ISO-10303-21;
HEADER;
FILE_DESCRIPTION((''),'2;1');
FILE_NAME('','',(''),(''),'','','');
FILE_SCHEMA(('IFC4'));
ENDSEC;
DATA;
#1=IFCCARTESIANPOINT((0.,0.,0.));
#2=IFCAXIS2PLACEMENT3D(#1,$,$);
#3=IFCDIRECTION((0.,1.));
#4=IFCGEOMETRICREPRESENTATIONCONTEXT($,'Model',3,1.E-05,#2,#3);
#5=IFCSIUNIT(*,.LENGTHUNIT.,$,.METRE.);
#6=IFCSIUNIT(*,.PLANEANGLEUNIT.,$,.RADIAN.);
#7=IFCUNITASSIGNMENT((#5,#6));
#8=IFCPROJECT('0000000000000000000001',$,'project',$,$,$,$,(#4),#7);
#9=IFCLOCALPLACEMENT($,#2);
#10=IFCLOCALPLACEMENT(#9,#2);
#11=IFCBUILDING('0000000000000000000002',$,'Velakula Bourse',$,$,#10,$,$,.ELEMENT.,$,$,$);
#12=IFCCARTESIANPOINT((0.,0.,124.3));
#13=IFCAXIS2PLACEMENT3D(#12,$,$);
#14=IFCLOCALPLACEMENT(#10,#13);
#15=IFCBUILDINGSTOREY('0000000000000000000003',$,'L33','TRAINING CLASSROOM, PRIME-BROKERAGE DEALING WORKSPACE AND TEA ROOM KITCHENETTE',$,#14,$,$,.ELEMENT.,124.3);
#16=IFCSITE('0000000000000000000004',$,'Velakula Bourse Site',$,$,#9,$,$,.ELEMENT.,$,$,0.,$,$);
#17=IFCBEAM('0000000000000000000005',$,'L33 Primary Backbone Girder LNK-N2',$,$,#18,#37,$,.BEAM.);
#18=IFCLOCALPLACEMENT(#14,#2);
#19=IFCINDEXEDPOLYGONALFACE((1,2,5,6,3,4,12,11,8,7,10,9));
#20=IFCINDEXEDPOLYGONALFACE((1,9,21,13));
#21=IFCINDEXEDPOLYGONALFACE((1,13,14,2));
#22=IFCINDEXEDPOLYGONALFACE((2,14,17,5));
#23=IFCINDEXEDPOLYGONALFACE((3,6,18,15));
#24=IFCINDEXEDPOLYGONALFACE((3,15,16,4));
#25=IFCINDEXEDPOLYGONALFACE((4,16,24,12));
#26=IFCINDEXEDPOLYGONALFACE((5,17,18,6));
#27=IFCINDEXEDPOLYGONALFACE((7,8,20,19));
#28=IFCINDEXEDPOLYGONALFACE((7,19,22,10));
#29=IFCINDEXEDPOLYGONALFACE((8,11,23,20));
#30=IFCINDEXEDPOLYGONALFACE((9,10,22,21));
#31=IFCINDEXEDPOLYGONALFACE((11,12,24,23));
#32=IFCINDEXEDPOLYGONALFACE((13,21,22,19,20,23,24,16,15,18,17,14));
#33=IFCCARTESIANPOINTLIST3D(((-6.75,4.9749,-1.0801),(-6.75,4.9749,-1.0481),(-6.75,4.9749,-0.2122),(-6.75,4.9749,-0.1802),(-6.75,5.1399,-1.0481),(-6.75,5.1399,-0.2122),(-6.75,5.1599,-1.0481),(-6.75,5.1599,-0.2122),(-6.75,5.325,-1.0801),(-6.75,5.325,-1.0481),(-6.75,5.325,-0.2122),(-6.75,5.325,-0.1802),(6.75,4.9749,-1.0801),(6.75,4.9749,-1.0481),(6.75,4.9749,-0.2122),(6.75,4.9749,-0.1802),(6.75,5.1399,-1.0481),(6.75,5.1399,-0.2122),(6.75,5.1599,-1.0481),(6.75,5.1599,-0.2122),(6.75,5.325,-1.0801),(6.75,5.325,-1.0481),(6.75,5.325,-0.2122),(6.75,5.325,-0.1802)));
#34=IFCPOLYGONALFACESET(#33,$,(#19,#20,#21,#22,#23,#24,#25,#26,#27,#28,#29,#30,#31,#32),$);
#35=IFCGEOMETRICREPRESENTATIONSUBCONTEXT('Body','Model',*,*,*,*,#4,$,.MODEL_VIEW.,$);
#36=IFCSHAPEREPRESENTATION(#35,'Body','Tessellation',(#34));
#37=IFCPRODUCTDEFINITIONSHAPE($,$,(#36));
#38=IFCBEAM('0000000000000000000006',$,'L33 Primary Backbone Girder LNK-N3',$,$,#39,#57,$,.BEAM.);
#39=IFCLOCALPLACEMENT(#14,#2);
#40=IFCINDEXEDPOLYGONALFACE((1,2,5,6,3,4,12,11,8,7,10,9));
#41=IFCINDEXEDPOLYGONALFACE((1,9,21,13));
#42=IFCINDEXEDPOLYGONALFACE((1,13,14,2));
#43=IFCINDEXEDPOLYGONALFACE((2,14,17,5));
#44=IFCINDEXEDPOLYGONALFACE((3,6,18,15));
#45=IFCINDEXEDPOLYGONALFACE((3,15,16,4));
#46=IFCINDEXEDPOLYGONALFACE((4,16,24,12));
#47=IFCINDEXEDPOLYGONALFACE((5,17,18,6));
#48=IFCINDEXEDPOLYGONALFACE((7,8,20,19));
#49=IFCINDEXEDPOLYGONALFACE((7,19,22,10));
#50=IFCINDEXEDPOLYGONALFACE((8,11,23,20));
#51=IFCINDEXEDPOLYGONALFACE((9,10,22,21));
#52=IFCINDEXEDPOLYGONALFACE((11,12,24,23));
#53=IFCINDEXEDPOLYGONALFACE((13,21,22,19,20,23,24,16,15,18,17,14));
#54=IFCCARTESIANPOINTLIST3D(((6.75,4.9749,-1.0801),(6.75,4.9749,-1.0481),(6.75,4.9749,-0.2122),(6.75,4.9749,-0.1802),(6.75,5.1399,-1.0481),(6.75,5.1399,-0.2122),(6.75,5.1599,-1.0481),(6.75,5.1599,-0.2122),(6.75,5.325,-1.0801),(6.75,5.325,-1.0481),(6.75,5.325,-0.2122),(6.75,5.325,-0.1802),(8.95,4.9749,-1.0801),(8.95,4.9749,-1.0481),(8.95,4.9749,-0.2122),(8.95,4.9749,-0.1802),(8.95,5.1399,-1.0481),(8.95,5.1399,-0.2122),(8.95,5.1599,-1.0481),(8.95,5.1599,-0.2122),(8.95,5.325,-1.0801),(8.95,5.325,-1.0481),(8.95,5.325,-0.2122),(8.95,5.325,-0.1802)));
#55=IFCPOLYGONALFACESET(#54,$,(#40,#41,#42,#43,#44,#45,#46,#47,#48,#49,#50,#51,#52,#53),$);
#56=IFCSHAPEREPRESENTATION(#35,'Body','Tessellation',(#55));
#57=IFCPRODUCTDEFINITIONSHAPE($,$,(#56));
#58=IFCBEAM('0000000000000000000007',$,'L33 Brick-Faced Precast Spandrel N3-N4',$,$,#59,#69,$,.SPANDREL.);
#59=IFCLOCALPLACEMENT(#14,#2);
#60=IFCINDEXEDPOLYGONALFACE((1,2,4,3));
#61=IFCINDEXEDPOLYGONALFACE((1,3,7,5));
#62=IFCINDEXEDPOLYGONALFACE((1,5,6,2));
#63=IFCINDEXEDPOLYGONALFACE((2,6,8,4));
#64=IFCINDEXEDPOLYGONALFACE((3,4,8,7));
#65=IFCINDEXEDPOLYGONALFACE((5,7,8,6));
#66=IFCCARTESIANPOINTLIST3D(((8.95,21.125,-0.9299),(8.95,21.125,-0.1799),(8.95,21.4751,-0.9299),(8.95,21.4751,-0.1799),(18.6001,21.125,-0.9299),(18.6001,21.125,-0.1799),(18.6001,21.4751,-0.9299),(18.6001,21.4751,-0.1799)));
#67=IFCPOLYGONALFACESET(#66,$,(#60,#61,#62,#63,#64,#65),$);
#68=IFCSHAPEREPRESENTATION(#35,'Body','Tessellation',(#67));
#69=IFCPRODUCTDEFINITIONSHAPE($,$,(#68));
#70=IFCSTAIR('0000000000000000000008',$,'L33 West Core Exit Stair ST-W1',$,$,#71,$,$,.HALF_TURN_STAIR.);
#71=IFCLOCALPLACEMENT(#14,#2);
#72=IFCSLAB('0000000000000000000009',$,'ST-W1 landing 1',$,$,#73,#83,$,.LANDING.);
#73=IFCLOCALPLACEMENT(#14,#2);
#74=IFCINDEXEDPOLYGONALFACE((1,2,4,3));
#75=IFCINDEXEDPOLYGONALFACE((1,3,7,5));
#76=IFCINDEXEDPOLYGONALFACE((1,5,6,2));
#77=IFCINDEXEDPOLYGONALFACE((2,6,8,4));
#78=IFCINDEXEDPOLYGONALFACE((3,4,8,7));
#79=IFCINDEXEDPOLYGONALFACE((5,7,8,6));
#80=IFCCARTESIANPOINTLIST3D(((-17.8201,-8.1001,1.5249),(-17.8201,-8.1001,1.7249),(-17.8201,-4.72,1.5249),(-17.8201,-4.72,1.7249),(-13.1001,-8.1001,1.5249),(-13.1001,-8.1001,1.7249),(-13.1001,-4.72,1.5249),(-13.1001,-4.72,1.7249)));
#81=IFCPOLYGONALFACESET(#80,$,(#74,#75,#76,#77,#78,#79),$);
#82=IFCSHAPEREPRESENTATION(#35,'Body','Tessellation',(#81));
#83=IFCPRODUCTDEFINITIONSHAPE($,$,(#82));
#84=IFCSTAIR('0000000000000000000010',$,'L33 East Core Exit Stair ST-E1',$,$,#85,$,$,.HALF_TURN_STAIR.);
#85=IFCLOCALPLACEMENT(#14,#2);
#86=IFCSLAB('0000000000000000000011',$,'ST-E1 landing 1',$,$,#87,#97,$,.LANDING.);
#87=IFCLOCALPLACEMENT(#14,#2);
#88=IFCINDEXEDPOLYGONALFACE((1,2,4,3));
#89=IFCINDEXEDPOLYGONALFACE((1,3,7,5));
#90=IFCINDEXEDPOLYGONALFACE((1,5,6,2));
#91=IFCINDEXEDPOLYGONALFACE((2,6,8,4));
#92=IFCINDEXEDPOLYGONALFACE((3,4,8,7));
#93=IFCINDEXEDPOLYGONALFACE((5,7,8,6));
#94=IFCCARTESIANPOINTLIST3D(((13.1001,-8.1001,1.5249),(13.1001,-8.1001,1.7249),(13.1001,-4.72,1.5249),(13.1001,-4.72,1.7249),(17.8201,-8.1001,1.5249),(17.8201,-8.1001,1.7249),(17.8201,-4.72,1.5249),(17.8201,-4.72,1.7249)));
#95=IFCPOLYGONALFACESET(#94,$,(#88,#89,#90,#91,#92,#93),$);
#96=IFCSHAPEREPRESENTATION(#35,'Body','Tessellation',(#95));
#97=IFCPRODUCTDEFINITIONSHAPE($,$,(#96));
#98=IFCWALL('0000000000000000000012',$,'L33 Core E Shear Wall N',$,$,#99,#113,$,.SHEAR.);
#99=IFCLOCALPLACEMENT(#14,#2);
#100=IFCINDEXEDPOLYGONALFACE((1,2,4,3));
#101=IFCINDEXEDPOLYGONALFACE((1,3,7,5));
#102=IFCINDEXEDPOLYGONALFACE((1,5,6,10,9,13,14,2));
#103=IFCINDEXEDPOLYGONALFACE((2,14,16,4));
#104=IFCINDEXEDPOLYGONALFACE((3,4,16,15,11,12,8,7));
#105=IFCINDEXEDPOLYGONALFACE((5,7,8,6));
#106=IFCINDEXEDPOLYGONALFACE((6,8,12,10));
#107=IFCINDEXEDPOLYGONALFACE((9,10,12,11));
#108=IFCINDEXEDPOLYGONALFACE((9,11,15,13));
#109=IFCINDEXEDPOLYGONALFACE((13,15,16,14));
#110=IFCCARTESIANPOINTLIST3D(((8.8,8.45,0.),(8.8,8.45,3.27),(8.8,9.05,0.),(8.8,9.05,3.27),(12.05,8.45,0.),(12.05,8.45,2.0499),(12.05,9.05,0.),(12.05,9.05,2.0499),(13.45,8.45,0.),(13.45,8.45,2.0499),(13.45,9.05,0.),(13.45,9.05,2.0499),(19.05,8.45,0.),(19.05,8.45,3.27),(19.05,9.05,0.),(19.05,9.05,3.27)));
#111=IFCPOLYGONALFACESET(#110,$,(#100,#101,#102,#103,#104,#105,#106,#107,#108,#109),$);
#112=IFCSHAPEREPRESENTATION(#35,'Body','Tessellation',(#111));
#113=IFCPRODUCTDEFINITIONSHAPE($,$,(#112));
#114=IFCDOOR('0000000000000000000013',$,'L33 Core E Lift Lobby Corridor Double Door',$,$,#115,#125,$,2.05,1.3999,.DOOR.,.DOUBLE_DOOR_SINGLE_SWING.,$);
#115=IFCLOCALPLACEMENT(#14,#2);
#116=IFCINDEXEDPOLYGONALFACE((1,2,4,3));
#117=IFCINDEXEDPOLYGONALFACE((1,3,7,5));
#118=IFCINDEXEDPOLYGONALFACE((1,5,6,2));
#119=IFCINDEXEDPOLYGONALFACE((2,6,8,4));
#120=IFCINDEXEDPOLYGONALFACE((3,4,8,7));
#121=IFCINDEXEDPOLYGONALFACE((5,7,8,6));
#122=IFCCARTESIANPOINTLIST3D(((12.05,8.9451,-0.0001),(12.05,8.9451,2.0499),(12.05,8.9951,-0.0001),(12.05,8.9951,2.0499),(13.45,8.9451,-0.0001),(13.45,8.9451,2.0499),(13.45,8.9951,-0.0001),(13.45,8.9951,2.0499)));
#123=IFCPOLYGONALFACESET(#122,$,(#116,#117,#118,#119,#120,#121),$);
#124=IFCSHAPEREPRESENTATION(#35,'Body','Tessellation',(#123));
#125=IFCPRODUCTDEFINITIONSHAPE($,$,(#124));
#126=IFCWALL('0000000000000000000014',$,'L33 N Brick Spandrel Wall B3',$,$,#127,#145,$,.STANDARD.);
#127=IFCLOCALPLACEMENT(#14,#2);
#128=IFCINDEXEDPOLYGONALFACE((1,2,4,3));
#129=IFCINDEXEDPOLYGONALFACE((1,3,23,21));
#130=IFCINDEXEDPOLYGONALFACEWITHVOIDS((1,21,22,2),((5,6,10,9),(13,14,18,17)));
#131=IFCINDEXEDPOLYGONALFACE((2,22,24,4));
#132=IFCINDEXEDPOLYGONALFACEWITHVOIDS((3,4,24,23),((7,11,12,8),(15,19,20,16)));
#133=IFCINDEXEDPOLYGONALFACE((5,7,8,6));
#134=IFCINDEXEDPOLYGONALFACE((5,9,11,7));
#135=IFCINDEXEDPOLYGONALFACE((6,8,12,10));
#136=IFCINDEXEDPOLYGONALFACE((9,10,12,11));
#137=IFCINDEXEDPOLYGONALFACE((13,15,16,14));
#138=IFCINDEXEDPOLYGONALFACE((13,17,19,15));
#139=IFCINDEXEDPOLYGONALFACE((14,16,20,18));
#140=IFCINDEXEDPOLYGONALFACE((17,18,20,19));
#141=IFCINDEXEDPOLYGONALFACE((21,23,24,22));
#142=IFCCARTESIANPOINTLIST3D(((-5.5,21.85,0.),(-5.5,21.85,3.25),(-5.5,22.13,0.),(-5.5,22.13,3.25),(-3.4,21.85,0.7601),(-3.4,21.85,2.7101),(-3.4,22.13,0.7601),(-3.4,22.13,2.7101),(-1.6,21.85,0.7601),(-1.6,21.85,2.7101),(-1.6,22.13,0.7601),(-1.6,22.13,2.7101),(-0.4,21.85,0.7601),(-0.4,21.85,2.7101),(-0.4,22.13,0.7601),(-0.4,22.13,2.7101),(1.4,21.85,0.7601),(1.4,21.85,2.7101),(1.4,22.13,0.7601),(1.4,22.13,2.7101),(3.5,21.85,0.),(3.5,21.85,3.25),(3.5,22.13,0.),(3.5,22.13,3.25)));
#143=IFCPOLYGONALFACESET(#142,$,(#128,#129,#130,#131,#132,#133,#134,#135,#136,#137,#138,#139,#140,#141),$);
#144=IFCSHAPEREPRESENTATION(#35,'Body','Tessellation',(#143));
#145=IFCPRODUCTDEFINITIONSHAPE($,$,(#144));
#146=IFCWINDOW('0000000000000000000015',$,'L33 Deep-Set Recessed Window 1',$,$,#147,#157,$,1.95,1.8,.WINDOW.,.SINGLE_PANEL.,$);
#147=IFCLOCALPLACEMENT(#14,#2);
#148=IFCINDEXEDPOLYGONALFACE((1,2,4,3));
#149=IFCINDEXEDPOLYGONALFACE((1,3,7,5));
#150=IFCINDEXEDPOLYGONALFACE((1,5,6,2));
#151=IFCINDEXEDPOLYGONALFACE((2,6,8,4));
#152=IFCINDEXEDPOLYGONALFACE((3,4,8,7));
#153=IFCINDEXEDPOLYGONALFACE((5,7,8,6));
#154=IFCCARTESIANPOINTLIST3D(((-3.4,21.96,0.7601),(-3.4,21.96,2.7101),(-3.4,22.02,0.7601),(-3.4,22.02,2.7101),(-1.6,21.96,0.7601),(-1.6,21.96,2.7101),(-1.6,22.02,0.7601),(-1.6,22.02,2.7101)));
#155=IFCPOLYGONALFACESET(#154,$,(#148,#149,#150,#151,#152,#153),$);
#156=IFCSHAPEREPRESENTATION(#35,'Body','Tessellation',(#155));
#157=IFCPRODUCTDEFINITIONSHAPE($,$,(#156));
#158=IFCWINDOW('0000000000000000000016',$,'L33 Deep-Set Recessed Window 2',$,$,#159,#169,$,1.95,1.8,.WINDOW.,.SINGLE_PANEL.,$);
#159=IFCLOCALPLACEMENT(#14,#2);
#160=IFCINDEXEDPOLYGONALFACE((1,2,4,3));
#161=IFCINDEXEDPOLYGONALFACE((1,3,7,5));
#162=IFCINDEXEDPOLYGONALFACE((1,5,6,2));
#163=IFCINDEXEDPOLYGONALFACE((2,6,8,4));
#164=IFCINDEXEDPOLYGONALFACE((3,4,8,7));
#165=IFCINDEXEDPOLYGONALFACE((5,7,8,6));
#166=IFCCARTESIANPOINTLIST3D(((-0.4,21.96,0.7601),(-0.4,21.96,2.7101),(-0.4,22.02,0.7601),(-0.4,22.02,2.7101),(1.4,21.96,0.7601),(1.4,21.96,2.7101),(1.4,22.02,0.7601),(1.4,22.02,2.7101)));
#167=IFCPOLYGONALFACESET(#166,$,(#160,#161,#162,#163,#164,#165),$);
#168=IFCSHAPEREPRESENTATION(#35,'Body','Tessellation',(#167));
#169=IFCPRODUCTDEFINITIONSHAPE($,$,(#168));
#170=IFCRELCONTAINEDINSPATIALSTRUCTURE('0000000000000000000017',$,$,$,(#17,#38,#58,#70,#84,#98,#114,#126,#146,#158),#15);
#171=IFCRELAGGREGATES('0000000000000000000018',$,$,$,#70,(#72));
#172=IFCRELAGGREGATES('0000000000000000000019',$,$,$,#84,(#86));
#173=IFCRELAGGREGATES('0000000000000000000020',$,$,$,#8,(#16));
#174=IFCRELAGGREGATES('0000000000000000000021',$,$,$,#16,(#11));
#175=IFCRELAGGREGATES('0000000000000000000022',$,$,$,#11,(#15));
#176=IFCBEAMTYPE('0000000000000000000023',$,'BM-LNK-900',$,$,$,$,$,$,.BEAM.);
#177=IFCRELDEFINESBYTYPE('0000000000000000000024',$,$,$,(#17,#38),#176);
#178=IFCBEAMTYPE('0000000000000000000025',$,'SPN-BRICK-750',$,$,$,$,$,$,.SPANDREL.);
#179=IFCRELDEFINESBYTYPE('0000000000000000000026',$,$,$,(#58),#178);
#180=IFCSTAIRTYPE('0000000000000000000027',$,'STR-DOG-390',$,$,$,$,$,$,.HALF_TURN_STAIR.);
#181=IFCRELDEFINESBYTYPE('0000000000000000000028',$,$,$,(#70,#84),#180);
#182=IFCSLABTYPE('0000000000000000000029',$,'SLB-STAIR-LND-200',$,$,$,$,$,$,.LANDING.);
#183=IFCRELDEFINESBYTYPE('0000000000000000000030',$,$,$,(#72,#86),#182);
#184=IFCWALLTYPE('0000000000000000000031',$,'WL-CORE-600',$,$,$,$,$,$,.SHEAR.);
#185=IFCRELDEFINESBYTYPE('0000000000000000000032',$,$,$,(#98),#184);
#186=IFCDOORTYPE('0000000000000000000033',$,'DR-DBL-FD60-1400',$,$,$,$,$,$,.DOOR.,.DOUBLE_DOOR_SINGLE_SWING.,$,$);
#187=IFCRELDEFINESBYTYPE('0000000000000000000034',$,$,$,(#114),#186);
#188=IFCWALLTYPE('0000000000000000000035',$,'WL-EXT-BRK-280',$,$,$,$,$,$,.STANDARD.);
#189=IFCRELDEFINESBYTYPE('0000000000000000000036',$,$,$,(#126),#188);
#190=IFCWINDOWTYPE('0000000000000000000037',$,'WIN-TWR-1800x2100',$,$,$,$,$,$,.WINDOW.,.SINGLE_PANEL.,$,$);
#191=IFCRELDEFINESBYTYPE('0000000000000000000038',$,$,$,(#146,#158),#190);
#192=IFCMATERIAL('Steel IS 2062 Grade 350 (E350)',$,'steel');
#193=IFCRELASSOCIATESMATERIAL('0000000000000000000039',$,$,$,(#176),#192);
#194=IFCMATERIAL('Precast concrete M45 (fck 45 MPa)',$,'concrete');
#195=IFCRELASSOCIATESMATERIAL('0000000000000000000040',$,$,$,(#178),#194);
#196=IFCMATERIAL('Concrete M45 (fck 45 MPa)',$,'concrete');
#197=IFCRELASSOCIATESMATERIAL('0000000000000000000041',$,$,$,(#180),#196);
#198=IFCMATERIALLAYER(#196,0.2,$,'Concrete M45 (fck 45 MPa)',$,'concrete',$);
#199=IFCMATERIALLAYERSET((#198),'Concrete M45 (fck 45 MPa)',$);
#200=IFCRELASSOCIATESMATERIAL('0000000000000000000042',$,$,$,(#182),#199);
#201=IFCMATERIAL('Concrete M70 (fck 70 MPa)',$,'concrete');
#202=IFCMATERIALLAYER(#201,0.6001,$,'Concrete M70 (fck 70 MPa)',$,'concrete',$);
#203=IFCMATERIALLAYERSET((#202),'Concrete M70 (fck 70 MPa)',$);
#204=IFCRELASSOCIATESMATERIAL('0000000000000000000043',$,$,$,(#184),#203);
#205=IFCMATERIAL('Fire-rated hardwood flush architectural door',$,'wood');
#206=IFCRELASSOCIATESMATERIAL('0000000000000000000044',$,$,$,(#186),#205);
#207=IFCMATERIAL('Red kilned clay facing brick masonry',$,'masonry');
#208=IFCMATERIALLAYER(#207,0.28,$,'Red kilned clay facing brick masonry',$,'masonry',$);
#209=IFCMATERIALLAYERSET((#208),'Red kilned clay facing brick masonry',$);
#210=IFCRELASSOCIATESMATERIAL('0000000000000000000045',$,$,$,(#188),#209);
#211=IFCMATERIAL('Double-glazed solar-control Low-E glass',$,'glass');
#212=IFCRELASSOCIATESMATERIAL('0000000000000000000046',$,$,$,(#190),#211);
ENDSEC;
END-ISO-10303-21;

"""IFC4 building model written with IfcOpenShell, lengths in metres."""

from ifc_helpers import new_model, si_unit, direction, frame, frame_2d, origin, origin_2d, place, context, subcontext, project, spatial, polyline, rectangle, i_section, outline, extrude, material, layer, layer_set, material_profile, profile_set, type_object, element, fill, aggregate, save


model = new_model("IFC4")

# Units and contexts
model_context = context("Model", 3, precision=1e-05, world=origin(), true_north=direction((0.0, 1.0)))
body_context = subcontext(model_context, "Body", "Model", "MODEL_VIEW")
ifc_project = project(units=[si_unit("LENGTHUNIT", "METRE"), si_unit("PLANEANGLEUNIT", "RADIAN")], contexts=[model_context])

# Site, building, storey
site_placement = place(None, origin())
site = spatial("IfcSite", under=ifc_project, at=site_placement, Name="Velakula Bourse Site", CompositionType="ELEMENT", RefElevation=0.0)
building_placement = place(site_placement, origin())
building = spatial("IfcBuilding", under=site, at=building_placement, Name="Velakula Bourse", CompositionType="ELEMENT")
storey_placement = place(building_placement, frame((0.0, 0.0, 124.3)))
storey = spatial("IfcBuildingStorey", under=building, at=storey_placement, Name="L33", Description="TRAINING CLASSROOM, PRIME-BROKERAGE DEALING WORKSPACE AND TEA ROOM KITCHENETTE", CompositionType="ELEMENT", Elevation=124.3)

# Shared definitions
ifc_material_1 = material(Name="Concrete M70 (fck 70 MPa)", Category="concrete")
ifc_material_2 = material(Name="Steel IS 2062 Grade 350 (E350)", Category="steel")

# Beams
ifc_material_profile_1 = material_profile(ifc_material_2, i_section(OverallWidth=0.3501, OverallDepth=0.8999, WebThickness=0.02, FlangeThickness=0.032, at=origin_2d()), Name="Steel IS 2062 Grade 350 (E350)")
ifc_profile_set_1 = profile_set([ifc_material_profile_1], Name="Steel IS 2062 Grade 350 (E350)")
beam_type_1 = type_object("IfcBeamType", Name="BM-LNK-900", PredefinedType="BEAM", material=ifc_profile_set_1)
beam_1_placement = place(storey_placement, frame((-6.75, 5.1499, -0.6301), z_axis=(1.0, 0.0, 0.0), x_axis=(0.0, 1.0, 0.0)))
element("IfcBeam", 1, at=beam_1_placement, inside=storey, type_object=beam_type_1, Name="L33 Primary Backbone Girder LNK-N2", PredefinedType="BEAM", context=body_context, shape_type="SweptSolid", body=[
    extrude(i_section(OverallWidth=0.3501, OverallDepth=0.8999, WebThickness=0.02, FlangeThickness=0.032, at=origin_2d()), origin(), (0.0, 0.0, 1.0), 13.5),
])
beam_2_placement = place(storey_placement, frame((6.75, 5.1499, -0.6301), z_axis=(1.0, 0.0, 0.0), x_axis=(0.0, 1.0, 0.0)))
element("IfcBeam", 2, at=beam_2_placement, inside=storey, type_object=beam_type_1, Name="L33 Primary Backbone Girder LNK-N3", PredefinedType="BEAM", context=body_context, shape_type="SweptSolid", body=[
    extrude(i_section(OverallWidth=0.3501, OverallDepth=0.8999, WebThickness=0.02, FlangeThickness=0.032, at=origin_2d()), origin(), (0.0, 0.0, 1.0), 2.2),
])
ifc_material_3 = material(Name="Precast concrete M45 (fck 45 MPa)", Category="concrete")
ifc_material_profile_2 = material_profile(ifc_material_3, rectangle(XDim=0.3501, YDim=0.75, at=origin_2d()), Name="Precast concrete M45 (fck 45 MPa)")
ifc_profile_set_2 = profile_set([ifc_material_profile_2], Name="Precast concrete M45 (fck 45 MPa)")
beam_type_2 = type_object("IfcBeamType", Name="SPN-BRICK-750", PredefinedType="SPANDREL", material=ifc_profile_set_2)
beam_3_placement = place(storey_placement, frame((8.95, 21.3, -0.5549), z_axis=(1.0, 0.0, 0.0), x_axis=(0.0, 1.0, 0.0)))
element("IfcBeam", 3, at=beam_3_placement, inside=storey, type_object=beam_type_2, Name="L33 Brick-Faced Precast Spandrel N3-N4", PredefinedType="SPANDREL", context=body_context, shape_type="SweptSolid", body=[
    extrude(rectangle(XDim=0.3501, YDim=0.75, at=origin_2d()), origin(), (0.0, 0.0, 1.0), 9.6501),
])

# Stairs, slabs
ifc_material_4 = material(Name="Concrete M45 (fck 45 MPa)", Category="concrete")
stair_type = type_object("IfcStairType", Name="STR-DOG-390", PredefinedType="HALF_TURN_STAIR", material=ifc_material_4)
stair_1_placement = place(storey_placement, origin())
stair_1 = element("IfcStair", 4, at=stair_1_placement, inside=storey, type_object=stair_type, Name="L33 West Core Exit Stair ST-W1", PredefinedType="HALF_TURN_STAIR")
ifc_layer_1 = layer(ifc_material_4, 0.2, Name="Concrete M45 (fck 45 MPa)", Category="concrete")
ifc_layer_set_1 = layer_set([ifc_layer_1], Name="Concrete M45 (fck 45 MPa)")
slab_type = type_object("IfcSlabType", Name="SLB-STAIR-LND-200", PredefinedType="LANDING", material=ifc_layer_set_1)
slab_1_placement = place(storey_placement, frame((0.0, 0.0, 1.5249)))
slab_1 = element("IfcSlab", 5, at=slab_1_placement, type_object=slab_type, Name="ST-W1 landing 1", PredefinedType="LANDING", context=body_context, shape_type="SweptSolid", body=[
    extrude(outline(polyline([(-17.8201, -4.72), (-17.8201, -8.1001), (-13.1001, -8.1001), (-13.1001, -4.72), (-17.8201, -4.72)])), origin(), (0.0, 0.0, 1.0), 0.2),
])
aggregate(stair_1, [slab_1])
stair_2_placement = place(storey_placement, origin())
stair_2 = element("IfcStair", 6, at=stair_2_placement, inside=storey, type_object=stair_type, Name="L33 East Core Exit Stair ST-E1", PredefinedType="HALF_TURN_STAIR")
slab_2_placement = place(storey_placement, frame((0.0, 0.0, 1.5249)))
slab_2 = element("IfcSlab", 7, at=slab_2_placement, type_object=slab_type, Name="ST-E1 landing 1", PredefinedType="LANDING", context=body_context, shape_type="SweptSolid", body=[
    extrude(outline(polyline([(13.1001, -4.72), (13.1001, -8.1001), (17.8201, -8.1001), (17.8201, -4.72), (13.1001, -4.72)])), origin(), (0.0, 0.0, 1.0), 0.2),
])
aggregate(stair_2, [slab_2])

# Wall, opening, door
ifc_layer_2 = layer(ifc_material_1, 0.6001, Name="Concrete M70 (fck 70 MPa)", Category="concrete")
ifc_layer_set_2 = layer_set([ifc_layer_2], Name="Concrete M70 (fck 70 MPa)")
wall_type_1 = type_object("IfcWallType", Name="WL-CORE-600", PredefinedType="SHEAR", material=ifc_layer_set_2)
wall_1_placement = place(storey_placement, frame((8.8, 8.75, 0.0), z_axis=(0.0, 0.0, 1.0), x_axis=(1.0, 0.0, 0.0)))
wall_1 = element("IfcWall", 8, at=wall_1_placement, inside=storey, type_object=wall_type_1, Name="L33 Core E Shear Wall N", PredefinedType="SHEAR", context=body_context, shape_type="SweptSolid", body=[
    extrude(rectangle(XDim=10.25, YDim=0.6001, at=frame_2d((5.125, 0.0))), origin(), (0.0, 0.0, 1.0), 3.27),
])
opening_1_placement = place(wall_1_placement, frame((3.25, 0.0, 0.0)))
opening_1 = element("IfcOpeningElement", 9, at=opening_1_placement, cuts=wall_1, PredefinedType="OPENING", context=body_context, shape_type="SweptSolid", body=[
    extrude(rectangle(XDim=1.3999, YDim=2.05, at=frame_2d((0.7, 1.0249))), frame((0.0, 0.3101, 0.0), z_axis=(0.0, -1.0, 0.0), x_axis=(1.0, 0.0, 0.0)), (0.0, 0.0, 1.0), 0.6201),
])
ifc_material_5 = material(Name="Fire-rated hardwood flush architectural door", Category="wood")
door_type = type_object("IfcDoorType", Name="DR-DBL-FD60-1400", OperationType="DOUBLE_DOOR_SINGLE_SWING", PredefinedType="DOOR", material=ifc_material_5)
door_placement = place(opening_1_placement, origin())
door = element("IfcDoor", 10, at=door_placement, inside=storey, type_object=door_type, Name="L33 Core E Lift Lobby Corridor Double Door", OperationType="DOUBLE_DOOR_SINGLE_SWING", OverallHeight=2.05, OverallWidth=1.3999, PredefinedType="DOOR", context=body_context, shape_type="SweptSolid", body=[
    extrude(rectangle(XDim=1.3999, YDim=2.05, at=frame_2d((0.7, 1.0249))), frame((0.0, 0.2451, 0.0), z_axis=(0.0, -1.0, 0.0), x_axis=(1.0, 0.0, 0.0)), (0.0, 0.0, 1.0), 0.05),
])
fill(opening_1, door)

# Wall, openings, windows
ifc_material_6 = material(Name="Red kilned clay facing brick masonry", Category="masonry")
ifc_layer_3 = layer(ifc_material_6, 0.28, Name="Red kilned clay facing brick masonry", Category="masonry")
ifc_layer_set_3 = layer_set([ifc_layer_3], Name="Red kilned clay facing brick masonry")
wall_type_2 = type_object("IfcWallType", Name="WL-EXT-BRK-280", PredefinedType="STANDARD", material=ifc_layer_set_3)
wall_2_placement = place(storey_placement, frame((-5.5, 21.99, 0.0), z_axis=(0.0, 0.0, 1.0), x_axis=(1.0, 0.0, 0.0)))
wall_2 = element("IfcWall", 11, at=wall_2_placement, inside=storey, type_object=wall_type_2, Name="L33 N Brick Spandrel Wall B3", PredefinedType="STANDARD", context=body_context, shape_type="SweptSolid", body=[
    extrude(rectangle(XDim=9.0, YDim=0.28, at=frame_2d((4.5, 0.0))), origin(), (0.0, 0.0, 1.0), 3.25),
])
opening_2_placement = place(wall_2_placement, frame((2.1001, 0.0, 0.76)))
opening_2 = element("IfcOpeningElement", 12, at=opening_2_placement, cuts=wall_2, PredefinedType="OPENING", context=body_context, shape_type="SweptSolid", body=[
    extrude(rectangle(XDim=1.8, YDim=1.95, at=frame_2d((0.8999, 0.9751))), frame((0.0, 0.1499, 0.0), z_axis=(0.0, -1.0, 0.0), x_axis=(1.0, 0.0, 0.0)), (0.0, 0.0, 1.0), 0.3),
])
opening_3_placement = place(wall_2_placement, frame((5.1001, 0.0, 0.76)))
opening_3 = element("IfcOpeningElement", 13, at=opening_3_placement, cuts=wall_2, PredefinedType="OPENING", context=body_context, shape_type="SweptSolid", body=[
    extrude(rectangle(XDim=1.8, YDim=1.95, at=frame_2d((0.8999, 0.9751))), frame((0.0, 0.1499, 0.0), z_axis=(0.0, -1.0, 0.0), x_axis=(1.0, 0.0, 0.0)), (0.0, 0.0, 1.0), 0.3),
])
ifc_material_7 = material(Name="Double-glazed solar-control Low-E glass", Category="glass")
window_type = type_object("IfcWindowType", Name="WIN-TWR-1800x2100", PartitioningType="SINGLE_PANEL", PredefinedType="WINDOW", material=ifc_material_7)
window_1_placement = place(opening_2_placement, origin())
window_1 = element("IfcWindow", 14, at=window_1_placement, inside=storey, type_object=window_type, Name="L33 Deep-Set Recessed Window 1", OverallHeight=1.95, OverallWidth=1.8, PartitioningType="SINGLE_PANEL", PredefinedType="WINDOW", context=body_context, shape_type="SweptSolid", body=[
    extrude(rectangle(XDim=1.8, YDim=1.95, at=frame_2d((0.8999, 0.9751))), frame((0.0, 0.03, 0.0), z_axis=(0.0, -1.0, 0.0), x_axis=(1.0, 0.0, 0.0)), (0.0, 0.0, 1.0), 0.0601),
])
fill(opening_2, window_1)
window_2_placement = place(opening_3_placement, origin())
window_2 = element("IfcWindow", 15, at=window_2_placement, inside=storey, type_object=window_type, Name="L33 Deep-Set Recessed Window 2", OverallHeight=1.95, OverallWidth=1.8, PartitioningType="SINGLE_PANEL", PredefinedType="WINDOW", context=body_context, shape_type="SweptSolid", body=[
    extrude(rectangle(XDim=1.8, YDim=1.95, at=frame_2d((0.8999, 0.9751))), frame((0.0, 0.03, 0.0), z_axis=(0.0, -1.0, 0.0), x_axis=(1.0, 0.0, 0.0)), (0.0, 0.0, 1.0), 0.0601),
])
fill(opening_3, window_2)

save(model, "model.ifc")
